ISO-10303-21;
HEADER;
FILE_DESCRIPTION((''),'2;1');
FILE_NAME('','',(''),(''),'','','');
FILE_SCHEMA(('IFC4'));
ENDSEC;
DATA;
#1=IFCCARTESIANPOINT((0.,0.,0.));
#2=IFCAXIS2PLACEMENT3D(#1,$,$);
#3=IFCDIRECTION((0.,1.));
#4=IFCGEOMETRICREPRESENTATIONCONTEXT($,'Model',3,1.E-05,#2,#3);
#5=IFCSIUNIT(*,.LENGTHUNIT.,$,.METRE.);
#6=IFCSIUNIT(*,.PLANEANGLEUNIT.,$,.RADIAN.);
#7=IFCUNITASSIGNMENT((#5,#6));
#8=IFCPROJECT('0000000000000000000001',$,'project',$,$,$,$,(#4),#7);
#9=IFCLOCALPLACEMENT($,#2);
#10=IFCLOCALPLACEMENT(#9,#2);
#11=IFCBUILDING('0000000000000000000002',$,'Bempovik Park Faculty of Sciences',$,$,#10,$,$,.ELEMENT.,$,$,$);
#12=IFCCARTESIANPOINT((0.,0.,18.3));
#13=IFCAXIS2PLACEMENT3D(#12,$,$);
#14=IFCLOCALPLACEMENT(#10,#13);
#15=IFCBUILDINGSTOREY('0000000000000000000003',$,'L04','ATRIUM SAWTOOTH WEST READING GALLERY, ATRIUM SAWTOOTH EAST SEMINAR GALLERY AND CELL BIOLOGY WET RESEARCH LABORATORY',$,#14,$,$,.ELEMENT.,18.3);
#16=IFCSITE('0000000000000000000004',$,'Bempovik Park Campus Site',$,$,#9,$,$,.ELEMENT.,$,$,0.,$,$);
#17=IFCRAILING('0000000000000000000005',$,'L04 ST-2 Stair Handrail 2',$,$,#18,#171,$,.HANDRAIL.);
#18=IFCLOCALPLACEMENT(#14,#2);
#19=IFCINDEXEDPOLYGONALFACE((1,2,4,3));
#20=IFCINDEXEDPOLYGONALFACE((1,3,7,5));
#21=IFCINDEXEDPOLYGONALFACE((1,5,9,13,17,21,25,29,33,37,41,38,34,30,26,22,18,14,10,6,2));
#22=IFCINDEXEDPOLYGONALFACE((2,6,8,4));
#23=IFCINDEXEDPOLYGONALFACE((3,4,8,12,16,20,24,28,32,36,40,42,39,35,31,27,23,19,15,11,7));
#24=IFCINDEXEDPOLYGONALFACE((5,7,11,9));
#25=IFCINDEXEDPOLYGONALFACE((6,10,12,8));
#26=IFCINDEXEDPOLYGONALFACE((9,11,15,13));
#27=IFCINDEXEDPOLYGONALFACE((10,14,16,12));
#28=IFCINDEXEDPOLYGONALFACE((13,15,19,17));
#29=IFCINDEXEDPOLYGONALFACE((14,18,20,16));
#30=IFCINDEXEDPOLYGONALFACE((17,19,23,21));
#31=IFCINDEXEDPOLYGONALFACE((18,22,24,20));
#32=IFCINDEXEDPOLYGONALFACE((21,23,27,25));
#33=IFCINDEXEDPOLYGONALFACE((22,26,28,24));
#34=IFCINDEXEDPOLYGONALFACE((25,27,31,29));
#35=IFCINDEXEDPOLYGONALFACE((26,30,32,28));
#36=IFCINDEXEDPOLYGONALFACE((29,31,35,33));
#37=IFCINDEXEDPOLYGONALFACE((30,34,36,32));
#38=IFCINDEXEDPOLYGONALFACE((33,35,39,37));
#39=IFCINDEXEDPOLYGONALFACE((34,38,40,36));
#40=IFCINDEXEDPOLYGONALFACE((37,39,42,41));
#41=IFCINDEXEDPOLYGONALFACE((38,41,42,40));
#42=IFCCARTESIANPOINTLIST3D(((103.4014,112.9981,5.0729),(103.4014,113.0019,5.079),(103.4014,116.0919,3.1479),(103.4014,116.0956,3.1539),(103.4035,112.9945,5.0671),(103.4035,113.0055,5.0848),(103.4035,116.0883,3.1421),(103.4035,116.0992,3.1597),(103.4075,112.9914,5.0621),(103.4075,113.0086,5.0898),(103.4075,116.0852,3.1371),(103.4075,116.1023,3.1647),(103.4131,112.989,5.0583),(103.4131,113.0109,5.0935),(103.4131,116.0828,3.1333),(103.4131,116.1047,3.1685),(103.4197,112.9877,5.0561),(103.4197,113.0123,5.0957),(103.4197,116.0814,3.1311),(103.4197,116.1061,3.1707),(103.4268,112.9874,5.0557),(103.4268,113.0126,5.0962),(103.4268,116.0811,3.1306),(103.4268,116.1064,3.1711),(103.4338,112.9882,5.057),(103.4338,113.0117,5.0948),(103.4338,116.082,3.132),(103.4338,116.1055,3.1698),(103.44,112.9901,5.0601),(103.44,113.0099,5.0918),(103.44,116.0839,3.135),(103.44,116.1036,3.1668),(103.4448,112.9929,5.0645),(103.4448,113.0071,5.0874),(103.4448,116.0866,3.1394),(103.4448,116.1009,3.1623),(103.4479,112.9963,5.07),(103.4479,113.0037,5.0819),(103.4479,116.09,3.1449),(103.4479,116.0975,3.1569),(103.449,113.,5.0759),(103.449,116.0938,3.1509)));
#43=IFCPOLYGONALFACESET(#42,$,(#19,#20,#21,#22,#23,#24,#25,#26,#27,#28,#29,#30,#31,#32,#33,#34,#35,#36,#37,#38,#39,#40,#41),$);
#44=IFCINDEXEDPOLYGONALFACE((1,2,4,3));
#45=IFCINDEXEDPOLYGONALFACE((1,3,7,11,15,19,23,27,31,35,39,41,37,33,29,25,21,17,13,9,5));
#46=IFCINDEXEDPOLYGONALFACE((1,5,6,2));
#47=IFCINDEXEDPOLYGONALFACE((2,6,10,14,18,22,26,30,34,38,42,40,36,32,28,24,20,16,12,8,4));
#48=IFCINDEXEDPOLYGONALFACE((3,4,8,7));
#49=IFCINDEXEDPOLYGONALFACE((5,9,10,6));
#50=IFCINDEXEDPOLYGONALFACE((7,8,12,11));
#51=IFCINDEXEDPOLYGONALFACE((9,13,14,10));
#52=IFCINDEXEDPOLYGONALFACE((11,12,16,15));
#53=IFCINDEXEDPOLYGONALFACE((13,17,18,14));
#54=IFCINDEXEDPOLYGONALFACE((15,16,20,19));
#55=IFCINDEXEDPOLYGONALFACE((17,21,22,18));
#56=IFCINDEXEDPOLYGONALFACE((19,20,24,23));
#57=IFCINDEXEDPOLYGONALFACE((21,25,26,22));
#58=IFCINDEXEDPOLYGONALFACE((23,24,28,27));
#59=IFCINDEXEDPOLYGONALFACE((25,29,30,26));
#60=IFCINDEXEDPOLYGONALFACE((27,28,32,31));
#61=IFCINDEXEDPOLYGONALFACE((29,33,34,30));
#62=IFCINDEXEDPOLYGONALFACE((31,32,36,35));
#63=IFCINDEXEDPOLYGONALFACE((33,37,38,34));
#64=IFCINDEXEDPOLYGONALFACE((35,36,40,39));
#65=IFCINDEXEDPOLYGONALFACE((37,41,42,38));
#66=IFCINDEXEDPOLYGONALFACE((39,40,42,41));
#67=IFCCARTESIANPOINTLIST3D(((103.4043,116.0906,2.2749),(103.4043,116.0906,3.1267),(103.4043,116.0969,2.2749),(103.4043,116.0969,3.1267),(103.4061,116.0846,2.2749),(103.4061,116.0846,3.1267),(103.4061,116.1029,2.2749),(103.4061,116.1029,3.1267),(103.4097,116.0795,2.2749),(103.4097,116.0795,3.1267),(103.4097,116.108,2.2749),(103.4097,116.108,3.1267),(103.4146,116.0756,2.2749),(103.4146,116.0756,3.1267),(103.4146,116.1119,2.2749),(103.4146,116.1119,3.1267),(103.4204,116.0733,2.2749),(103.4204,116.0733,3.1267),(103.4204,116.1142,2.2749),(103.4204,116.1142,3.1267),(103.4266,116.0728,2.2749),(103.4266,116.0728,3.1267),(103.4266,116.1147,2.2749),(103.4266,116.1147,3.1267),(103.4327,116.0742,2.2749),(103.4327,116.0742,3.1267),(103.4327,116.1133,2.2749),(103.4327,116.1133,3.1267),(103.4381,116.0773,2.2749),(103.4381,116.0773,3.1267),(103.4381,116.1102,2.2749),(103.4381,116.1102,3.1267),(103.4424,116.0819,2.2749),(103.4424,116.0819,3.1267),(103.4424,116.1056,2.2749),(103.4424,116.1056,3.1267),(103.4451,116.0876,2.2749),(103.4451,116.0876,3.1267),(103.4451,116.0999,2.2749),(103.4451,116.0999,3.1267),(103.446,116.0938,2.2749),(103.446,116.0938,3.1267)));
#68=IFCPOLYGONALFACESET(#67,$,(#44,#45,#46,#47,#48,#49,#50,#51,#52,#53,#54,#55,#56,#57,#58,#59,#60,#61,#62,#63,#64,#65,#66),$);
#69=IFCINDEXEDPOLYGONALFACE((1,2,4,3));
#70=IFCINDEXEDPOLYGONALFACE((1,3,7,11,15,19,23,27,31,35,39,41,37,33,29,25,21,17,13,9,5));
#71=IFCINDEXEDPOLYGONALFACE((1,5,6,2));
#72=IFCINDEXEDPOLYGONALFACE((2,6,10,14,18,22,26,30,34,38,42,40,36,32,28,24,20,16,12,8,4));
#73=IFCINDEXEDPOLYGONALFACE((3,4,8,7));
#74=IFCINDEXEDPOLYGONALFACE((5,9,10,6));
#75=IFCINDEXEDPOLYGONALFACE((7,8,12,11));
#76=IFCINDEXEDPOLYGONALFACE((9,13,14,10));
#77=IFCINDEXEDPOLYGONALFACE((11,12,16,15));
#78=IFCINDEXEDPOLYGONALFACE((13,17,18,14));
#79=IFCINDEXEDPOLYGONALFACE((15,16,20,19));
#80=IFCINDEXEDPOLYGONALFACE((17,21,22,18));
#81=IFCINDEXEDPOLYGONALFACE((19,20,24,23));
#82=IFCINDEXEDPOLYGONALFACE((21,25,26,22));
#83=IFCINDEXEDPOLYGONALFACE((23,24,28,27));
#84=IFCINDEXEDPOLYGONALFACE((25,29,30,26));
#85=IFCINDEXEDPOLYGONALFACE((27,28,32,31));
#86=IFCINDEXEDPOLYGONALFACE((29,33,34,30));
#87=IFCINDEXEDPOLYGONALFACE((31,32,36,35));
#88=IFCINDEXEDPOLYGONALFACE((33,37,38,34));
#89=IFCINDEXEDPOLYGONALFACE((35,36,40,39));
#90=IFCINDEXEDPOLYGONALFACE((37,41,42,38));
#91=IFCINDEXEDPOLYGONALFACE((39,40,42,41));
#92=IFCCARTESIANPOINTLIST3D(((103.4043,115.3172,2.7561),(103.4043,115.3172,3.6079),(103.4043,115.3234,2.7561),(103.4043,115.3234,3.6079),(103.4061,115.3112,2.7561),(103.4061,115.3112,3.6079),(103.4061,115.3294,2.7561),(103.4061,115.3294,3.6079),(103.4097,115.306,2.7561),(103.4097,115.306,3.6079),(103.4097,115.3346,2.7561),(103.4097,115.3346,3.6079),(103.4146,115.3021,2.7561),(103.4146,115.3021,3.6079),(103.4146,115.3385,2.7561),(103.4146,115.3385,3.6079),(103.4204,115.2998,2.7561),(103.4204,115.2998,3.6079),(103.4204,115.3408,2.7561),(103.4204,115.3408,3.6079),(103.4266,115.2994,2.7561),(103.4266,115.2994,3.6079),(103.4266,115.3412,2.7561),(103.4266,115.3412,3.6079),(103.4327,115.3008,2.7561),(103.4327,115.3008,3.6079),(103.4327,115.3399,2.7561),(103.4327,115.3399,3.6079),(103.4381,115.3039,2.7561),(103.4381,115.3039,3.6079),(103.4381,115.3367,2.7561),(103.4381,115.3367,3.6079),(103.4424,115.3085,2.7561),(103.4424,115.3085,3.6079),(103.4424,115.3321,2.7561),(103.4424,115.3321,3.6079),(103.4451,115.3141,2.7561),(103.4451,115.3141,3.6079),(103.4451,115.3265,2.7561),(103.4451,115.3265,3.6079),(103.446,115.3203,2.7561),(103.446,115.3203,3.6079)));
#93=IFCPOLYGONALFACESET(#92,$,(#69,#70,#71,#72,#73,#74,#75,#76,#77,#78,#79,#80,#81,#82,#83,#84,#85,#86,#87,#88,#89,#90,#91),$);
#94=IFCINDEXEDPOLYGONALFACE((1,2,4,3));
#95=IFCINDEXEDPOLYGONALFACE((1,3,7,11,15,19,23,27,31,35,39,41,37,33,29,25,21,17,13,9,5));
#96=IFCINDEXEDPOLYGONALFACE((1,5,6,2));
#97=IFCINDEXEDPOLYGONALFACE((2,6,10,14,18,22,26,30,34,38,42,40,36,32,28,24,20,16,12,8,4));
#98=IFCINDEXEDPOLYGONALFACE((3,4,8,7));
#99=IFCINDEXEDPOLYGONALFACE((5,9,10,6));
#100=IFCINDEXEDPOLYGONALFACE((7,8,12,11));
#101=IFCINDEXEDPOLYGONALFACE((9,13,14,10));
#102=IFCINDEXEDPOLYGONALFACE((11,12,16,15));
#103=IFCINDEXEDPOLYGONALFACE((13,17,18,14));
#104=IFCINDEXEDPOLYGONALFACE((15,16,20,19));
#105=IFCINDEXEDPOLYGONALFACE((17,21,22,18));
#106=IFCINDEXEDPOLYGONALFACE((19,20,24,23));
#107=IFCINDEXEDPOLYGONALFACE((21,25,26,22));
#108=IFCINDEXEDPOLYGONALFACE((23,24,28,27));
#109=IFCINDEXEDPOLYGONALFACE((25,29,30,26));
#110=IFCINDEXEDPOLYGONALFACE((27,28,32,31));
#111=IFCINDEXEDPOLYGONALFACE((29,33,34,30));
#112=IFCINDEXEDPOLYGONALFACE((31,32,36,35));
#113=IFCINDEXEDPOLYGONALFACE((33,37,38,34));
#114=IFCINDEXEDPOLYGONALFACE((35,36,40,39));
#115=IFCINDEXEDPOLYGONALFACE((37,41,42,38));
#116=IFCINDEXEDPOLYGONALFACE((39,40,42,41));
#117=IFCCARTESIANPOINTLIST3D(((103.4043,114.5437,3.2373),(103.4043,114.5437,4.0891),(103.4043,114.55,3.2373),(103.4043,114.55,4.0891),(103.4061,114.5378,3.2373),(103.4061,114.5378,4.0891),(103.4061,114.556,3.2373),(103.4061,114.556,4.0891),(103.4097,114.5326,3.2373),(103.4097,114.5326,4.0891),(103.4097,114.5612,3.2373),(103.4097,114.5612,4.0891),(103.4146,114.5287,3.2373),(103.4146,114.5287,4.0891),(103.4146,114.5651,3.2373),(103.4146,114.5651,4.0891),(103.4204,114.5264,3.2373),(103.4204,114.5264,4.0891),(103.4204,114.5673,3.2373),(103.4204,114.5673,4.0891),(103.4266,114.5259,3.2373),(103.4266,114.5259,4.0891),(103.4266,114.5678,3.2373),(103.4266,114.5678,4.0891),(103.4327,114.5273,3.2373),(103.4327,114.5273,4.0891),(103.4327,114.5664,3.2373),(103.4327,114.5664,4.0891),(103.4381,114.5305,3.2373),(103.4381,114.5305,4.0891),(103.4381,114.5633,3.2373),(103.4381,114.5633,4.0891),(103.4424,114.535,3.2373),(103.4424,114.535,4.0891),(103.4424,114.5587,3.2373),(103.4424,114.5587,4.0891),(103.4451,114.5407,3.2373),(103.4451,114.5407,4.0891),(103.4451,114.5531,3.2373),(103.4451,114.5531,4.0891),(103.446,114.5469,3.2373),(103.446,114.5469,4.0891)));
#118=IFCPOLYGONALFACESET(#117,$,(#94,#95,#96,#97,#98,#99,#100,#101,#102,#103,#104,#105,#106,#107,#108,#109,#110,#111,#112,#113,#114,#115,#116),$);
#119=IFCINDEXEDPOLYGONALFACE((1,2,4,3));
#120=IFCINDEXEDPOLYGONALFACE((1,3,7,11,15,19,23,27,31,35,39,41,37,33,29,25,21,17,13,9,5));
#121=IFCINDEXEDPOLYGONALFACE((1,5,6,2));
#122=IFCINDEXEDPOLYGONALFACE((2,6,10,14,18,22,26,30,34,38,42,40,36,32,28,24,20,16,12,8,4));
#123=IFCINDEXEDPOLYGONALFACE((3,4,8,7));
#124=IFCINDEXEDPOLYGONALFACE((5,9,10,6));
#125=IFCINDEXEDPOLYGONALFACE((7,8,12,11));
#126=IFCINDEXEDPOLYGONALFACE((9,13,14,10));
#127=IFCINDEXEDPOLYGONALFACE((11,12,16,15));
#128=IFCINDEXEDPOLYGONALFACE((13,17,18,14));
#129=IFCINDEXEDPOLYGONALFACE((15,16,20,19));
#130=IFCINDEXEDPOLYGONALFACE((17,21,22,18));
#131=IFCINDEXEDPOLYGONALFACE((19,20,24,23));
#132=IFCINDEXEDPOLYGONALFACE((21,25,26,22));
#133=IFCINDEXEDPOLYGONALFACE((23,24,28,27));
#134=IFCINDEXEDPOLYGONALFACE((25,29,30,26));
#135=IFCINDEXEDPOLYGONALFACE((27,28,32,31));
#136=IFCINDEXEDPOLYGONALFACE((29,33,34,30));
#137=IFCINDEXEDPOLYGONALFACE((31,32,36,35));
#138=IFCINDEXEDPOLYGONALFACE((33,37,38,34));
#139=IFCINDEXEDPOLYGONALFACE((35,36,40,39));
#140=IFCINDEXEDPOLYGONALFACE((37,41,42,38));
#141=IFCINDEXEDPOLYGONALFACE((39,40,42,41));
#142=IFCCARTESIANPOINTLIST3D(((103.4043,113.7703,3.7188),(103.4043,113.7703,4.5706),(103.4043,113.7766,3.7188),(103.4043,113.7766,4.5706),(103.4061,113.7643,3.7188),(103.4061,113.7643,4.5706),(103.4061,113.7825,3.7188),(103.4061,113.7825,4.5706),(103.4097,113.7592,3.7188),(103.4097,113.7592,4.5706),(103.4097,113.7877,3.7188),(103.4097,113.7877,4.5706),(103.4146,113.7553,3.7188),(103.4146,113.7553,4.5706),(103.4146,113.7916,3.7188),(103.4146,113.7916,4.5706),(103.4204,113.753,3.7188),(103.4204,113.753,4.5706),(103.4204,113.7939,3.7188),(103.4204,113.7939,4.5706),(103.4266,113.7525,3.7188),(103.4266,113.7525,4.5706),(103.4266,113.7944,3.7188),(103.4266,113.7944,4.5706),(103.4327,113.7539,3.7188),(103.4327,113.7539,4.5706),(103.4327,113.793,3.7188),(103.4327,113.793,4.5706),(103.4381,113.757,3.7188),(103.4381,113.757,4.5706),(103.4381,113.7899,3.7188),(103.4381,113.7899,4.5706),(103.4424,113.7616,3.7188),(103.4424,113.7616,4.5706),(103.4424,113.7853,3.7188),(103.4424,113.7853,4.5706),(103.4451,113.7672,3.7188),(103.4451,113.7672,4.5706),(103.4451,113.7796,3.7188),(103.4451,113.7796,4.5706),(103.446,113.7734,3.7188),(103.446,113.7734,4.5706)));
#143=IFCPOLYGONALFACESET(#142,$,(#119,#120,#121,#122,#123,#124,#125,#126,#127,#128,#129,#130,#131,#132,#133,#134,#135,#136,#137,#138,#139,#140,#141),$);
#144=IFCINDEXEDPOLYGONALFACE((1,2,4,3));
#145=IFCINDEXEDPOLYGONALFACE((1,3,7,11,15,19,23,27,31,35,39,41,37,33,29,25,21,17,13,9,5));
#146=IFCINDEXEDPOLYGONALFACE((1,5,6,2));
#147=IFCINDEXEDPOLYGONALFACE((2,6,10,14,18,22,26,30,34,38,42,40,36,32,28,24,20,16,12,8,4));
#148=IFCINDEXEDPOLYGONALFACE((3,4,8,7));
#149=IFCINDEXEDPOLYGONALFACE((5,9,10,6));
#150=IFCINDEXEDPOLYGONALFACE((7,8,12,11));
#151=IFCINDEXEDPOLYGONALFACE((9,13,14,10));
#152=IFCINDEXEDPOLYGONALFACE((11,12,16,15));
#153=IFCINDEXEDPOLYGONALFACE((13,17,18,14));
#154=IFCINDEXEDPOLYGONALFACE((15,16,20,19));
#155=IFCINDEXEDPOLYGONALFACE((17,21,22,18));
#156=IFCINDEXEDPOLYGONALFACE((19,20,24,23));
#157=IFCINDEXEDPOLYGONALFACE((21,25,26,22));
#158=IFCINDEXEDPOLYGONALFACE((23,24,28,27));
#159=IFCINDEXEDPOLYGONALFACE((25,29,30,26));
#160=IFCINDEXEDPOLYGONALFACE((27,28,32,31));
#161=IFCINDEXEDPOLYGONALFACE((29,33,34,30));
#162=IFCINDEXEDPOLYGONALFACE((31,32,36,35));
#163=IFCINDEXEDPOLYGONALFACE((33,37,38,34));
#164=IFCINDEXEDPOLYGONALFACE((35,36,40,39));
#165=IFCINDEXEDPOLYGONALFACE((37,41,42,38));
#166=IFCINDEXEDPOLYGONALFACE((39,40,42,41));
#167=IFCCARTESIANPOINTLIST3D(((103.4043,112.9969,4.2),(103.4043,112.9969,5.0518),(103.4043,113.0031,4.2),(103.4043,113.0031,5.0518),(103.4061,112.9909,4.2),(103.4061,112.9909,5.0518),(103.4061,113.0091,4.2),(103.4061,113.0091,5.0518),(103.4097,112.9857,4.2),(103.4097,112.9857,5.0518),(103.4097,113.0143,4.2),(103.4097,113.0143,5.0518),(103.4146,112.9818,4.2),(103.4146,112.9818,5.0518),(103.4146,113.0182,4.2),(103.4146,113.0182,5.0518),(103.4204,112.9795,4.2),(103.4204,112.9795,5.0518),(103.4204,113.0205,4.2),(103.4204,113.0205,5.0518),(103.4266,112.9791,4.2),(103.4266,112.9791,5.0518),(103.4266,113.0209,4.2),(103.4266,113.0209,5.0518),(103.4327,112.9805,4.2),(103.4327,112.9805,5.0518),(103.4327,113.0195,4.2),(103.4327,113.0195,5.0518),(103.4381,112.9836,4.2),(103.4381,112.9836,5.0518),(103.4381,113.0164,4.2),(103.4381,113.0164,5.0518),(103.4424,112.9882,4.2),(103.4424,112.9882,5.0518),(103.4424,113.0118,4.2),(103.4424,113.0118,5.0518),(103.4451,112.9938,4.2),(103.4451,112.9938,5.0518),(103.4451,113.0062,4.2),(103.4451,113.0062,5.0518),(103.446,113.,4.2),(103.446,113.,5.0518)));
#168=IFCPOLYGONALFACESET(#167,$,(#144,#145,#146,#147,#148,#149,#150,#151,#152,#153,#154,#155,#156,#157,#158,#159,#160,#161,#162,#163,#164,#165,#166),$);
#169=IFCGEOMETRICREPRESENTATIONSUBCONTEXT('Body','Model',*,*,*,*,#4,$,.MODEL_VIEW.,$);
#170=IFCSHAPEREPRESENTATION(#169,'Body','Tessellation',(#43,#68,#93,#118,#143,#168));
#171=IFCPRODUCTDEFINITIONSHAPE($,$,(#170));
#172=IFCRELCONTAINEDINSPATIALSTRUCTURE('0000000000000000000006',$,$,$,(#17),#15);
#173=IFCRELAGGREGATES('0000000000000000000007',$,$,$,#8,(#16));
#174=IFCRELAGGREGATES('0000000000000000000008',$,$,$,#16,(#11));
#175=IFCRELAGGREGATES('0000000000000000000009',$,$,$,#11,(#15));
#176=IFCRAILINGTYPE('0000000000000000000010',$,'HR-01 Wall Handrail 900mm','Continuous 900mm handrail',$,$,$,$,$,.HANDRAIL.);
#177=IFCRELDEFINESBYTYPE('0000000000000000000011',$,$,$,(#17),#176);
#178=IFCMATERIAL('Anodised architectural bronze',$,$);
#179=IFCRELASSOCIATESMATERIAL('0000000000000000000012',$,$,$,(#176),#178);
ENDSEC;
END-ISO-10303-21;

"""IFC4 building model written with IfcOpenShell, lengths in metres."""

from ifc_helpers import new_model, si_unit, direction, frame, origin, origin_2d, place, context, subcontext, project, spatial, circle, extrude, material, type_object, element, save


model = new_model("IFC4")

# Units and contexts
model_context = context("Model", 3, precision=1e-05, world=origin(), true_north=direction((0.0, 1.0)))
body_context = subcontext(model_context, "Body", "Model", "MODEL_VIEW")
ifc_project = project(units=[si_unit("LENGTHUNIT", "METRE"), si_unit("PLANEANGLEUNIT", "RADIAN")], contexts=[model_context])

# Site, building, storey
site_placement = place(None, origin())
site = spatial("IfcSite", under=ifc_project, at=site_placement, Name="Bempovik Park Campus Site", CompositionType="ELEMENT", RefElevation=0.0)
building_placement = place(site_placement, origin())
building = spatial("IfcBuilding", under=site, at=building_placement, Name="Bempovik Park Faculty of Sciences", CompositionType="ELEMENT")
storey_placement = place(building_placement, frame((0.0, 0.0, 18.3)))
storey = spatial("IfcBuildingStorey", under=building, at=storey_placement, Name="L04", Description="ATRIUM SAWTOOTH WEST READING GALLERY, ATRIUM SAWTOOTH EAST SEMINAR GALLERY AND CELL BIOLOGY WET RESEARCH LABORATORY", CompositionType="ELEMENT", Elevation=18.3)

# Railing
ifc_material_1 = material(Name="Anodised architectural bronze")
railing_type_1 = type_object("IfcRailingType", Name="HR-01 Wall Handrail 900mm", Description="Continuous 900mm handrail", PredefinedType="HANDRAIL", material=ifc_material_1)
railing_1_placement = place(storey_placement, frame((103.425, 116.0938, 2.2749)))
element("IfcRailing", 1, at=railing_1_placement, inside=storey, type_object=railing_type_1, Name="L04 ST-2 Stair Handrail 2", PredefinedType="HANDRAIL", context=body_context, shape_type="SweptSolid", body=[
    extrude(circle(Radius=0.0239, at=origin_2d()), frame((0.0, 0.0, 0.876), z_axis=(0.0, -0.849051, 0.528312), x_axis=(1.0, 0.0, 0.0)), (0.0, 0.0, 1.0), 3.6438),
    extrude(circle(Radius=0.021, at=origin_2d()), origin(), (0.0, 0.0, 1.0), 0.8518),
    extrude(circle(Radius=0.021, at=origin_2d()), frame((0.0, -0.7734, 0.4812)), (0.0, 0.0, 1.0), 0.8518),
    extrude(circle(Radius=0.021, at=origin_2d()), frame((0.0, -1.5469, 0.9624)), (0.0, 0.0, 1.0), 0.8518),
    extrude(circle(Radius=0.021, at=origin_2d()), frame((0.0, -2.3203, 1.4438)), (0.0, 0.0, 1.0), 0.8518),
    extrude(circle(Radius=0.021, at=origin_2d()), frame((0.0, -3.0938, 1.925)), (0.0, 0.0, 1.0), 0.8518),
])

save(model, "model.ifc")
